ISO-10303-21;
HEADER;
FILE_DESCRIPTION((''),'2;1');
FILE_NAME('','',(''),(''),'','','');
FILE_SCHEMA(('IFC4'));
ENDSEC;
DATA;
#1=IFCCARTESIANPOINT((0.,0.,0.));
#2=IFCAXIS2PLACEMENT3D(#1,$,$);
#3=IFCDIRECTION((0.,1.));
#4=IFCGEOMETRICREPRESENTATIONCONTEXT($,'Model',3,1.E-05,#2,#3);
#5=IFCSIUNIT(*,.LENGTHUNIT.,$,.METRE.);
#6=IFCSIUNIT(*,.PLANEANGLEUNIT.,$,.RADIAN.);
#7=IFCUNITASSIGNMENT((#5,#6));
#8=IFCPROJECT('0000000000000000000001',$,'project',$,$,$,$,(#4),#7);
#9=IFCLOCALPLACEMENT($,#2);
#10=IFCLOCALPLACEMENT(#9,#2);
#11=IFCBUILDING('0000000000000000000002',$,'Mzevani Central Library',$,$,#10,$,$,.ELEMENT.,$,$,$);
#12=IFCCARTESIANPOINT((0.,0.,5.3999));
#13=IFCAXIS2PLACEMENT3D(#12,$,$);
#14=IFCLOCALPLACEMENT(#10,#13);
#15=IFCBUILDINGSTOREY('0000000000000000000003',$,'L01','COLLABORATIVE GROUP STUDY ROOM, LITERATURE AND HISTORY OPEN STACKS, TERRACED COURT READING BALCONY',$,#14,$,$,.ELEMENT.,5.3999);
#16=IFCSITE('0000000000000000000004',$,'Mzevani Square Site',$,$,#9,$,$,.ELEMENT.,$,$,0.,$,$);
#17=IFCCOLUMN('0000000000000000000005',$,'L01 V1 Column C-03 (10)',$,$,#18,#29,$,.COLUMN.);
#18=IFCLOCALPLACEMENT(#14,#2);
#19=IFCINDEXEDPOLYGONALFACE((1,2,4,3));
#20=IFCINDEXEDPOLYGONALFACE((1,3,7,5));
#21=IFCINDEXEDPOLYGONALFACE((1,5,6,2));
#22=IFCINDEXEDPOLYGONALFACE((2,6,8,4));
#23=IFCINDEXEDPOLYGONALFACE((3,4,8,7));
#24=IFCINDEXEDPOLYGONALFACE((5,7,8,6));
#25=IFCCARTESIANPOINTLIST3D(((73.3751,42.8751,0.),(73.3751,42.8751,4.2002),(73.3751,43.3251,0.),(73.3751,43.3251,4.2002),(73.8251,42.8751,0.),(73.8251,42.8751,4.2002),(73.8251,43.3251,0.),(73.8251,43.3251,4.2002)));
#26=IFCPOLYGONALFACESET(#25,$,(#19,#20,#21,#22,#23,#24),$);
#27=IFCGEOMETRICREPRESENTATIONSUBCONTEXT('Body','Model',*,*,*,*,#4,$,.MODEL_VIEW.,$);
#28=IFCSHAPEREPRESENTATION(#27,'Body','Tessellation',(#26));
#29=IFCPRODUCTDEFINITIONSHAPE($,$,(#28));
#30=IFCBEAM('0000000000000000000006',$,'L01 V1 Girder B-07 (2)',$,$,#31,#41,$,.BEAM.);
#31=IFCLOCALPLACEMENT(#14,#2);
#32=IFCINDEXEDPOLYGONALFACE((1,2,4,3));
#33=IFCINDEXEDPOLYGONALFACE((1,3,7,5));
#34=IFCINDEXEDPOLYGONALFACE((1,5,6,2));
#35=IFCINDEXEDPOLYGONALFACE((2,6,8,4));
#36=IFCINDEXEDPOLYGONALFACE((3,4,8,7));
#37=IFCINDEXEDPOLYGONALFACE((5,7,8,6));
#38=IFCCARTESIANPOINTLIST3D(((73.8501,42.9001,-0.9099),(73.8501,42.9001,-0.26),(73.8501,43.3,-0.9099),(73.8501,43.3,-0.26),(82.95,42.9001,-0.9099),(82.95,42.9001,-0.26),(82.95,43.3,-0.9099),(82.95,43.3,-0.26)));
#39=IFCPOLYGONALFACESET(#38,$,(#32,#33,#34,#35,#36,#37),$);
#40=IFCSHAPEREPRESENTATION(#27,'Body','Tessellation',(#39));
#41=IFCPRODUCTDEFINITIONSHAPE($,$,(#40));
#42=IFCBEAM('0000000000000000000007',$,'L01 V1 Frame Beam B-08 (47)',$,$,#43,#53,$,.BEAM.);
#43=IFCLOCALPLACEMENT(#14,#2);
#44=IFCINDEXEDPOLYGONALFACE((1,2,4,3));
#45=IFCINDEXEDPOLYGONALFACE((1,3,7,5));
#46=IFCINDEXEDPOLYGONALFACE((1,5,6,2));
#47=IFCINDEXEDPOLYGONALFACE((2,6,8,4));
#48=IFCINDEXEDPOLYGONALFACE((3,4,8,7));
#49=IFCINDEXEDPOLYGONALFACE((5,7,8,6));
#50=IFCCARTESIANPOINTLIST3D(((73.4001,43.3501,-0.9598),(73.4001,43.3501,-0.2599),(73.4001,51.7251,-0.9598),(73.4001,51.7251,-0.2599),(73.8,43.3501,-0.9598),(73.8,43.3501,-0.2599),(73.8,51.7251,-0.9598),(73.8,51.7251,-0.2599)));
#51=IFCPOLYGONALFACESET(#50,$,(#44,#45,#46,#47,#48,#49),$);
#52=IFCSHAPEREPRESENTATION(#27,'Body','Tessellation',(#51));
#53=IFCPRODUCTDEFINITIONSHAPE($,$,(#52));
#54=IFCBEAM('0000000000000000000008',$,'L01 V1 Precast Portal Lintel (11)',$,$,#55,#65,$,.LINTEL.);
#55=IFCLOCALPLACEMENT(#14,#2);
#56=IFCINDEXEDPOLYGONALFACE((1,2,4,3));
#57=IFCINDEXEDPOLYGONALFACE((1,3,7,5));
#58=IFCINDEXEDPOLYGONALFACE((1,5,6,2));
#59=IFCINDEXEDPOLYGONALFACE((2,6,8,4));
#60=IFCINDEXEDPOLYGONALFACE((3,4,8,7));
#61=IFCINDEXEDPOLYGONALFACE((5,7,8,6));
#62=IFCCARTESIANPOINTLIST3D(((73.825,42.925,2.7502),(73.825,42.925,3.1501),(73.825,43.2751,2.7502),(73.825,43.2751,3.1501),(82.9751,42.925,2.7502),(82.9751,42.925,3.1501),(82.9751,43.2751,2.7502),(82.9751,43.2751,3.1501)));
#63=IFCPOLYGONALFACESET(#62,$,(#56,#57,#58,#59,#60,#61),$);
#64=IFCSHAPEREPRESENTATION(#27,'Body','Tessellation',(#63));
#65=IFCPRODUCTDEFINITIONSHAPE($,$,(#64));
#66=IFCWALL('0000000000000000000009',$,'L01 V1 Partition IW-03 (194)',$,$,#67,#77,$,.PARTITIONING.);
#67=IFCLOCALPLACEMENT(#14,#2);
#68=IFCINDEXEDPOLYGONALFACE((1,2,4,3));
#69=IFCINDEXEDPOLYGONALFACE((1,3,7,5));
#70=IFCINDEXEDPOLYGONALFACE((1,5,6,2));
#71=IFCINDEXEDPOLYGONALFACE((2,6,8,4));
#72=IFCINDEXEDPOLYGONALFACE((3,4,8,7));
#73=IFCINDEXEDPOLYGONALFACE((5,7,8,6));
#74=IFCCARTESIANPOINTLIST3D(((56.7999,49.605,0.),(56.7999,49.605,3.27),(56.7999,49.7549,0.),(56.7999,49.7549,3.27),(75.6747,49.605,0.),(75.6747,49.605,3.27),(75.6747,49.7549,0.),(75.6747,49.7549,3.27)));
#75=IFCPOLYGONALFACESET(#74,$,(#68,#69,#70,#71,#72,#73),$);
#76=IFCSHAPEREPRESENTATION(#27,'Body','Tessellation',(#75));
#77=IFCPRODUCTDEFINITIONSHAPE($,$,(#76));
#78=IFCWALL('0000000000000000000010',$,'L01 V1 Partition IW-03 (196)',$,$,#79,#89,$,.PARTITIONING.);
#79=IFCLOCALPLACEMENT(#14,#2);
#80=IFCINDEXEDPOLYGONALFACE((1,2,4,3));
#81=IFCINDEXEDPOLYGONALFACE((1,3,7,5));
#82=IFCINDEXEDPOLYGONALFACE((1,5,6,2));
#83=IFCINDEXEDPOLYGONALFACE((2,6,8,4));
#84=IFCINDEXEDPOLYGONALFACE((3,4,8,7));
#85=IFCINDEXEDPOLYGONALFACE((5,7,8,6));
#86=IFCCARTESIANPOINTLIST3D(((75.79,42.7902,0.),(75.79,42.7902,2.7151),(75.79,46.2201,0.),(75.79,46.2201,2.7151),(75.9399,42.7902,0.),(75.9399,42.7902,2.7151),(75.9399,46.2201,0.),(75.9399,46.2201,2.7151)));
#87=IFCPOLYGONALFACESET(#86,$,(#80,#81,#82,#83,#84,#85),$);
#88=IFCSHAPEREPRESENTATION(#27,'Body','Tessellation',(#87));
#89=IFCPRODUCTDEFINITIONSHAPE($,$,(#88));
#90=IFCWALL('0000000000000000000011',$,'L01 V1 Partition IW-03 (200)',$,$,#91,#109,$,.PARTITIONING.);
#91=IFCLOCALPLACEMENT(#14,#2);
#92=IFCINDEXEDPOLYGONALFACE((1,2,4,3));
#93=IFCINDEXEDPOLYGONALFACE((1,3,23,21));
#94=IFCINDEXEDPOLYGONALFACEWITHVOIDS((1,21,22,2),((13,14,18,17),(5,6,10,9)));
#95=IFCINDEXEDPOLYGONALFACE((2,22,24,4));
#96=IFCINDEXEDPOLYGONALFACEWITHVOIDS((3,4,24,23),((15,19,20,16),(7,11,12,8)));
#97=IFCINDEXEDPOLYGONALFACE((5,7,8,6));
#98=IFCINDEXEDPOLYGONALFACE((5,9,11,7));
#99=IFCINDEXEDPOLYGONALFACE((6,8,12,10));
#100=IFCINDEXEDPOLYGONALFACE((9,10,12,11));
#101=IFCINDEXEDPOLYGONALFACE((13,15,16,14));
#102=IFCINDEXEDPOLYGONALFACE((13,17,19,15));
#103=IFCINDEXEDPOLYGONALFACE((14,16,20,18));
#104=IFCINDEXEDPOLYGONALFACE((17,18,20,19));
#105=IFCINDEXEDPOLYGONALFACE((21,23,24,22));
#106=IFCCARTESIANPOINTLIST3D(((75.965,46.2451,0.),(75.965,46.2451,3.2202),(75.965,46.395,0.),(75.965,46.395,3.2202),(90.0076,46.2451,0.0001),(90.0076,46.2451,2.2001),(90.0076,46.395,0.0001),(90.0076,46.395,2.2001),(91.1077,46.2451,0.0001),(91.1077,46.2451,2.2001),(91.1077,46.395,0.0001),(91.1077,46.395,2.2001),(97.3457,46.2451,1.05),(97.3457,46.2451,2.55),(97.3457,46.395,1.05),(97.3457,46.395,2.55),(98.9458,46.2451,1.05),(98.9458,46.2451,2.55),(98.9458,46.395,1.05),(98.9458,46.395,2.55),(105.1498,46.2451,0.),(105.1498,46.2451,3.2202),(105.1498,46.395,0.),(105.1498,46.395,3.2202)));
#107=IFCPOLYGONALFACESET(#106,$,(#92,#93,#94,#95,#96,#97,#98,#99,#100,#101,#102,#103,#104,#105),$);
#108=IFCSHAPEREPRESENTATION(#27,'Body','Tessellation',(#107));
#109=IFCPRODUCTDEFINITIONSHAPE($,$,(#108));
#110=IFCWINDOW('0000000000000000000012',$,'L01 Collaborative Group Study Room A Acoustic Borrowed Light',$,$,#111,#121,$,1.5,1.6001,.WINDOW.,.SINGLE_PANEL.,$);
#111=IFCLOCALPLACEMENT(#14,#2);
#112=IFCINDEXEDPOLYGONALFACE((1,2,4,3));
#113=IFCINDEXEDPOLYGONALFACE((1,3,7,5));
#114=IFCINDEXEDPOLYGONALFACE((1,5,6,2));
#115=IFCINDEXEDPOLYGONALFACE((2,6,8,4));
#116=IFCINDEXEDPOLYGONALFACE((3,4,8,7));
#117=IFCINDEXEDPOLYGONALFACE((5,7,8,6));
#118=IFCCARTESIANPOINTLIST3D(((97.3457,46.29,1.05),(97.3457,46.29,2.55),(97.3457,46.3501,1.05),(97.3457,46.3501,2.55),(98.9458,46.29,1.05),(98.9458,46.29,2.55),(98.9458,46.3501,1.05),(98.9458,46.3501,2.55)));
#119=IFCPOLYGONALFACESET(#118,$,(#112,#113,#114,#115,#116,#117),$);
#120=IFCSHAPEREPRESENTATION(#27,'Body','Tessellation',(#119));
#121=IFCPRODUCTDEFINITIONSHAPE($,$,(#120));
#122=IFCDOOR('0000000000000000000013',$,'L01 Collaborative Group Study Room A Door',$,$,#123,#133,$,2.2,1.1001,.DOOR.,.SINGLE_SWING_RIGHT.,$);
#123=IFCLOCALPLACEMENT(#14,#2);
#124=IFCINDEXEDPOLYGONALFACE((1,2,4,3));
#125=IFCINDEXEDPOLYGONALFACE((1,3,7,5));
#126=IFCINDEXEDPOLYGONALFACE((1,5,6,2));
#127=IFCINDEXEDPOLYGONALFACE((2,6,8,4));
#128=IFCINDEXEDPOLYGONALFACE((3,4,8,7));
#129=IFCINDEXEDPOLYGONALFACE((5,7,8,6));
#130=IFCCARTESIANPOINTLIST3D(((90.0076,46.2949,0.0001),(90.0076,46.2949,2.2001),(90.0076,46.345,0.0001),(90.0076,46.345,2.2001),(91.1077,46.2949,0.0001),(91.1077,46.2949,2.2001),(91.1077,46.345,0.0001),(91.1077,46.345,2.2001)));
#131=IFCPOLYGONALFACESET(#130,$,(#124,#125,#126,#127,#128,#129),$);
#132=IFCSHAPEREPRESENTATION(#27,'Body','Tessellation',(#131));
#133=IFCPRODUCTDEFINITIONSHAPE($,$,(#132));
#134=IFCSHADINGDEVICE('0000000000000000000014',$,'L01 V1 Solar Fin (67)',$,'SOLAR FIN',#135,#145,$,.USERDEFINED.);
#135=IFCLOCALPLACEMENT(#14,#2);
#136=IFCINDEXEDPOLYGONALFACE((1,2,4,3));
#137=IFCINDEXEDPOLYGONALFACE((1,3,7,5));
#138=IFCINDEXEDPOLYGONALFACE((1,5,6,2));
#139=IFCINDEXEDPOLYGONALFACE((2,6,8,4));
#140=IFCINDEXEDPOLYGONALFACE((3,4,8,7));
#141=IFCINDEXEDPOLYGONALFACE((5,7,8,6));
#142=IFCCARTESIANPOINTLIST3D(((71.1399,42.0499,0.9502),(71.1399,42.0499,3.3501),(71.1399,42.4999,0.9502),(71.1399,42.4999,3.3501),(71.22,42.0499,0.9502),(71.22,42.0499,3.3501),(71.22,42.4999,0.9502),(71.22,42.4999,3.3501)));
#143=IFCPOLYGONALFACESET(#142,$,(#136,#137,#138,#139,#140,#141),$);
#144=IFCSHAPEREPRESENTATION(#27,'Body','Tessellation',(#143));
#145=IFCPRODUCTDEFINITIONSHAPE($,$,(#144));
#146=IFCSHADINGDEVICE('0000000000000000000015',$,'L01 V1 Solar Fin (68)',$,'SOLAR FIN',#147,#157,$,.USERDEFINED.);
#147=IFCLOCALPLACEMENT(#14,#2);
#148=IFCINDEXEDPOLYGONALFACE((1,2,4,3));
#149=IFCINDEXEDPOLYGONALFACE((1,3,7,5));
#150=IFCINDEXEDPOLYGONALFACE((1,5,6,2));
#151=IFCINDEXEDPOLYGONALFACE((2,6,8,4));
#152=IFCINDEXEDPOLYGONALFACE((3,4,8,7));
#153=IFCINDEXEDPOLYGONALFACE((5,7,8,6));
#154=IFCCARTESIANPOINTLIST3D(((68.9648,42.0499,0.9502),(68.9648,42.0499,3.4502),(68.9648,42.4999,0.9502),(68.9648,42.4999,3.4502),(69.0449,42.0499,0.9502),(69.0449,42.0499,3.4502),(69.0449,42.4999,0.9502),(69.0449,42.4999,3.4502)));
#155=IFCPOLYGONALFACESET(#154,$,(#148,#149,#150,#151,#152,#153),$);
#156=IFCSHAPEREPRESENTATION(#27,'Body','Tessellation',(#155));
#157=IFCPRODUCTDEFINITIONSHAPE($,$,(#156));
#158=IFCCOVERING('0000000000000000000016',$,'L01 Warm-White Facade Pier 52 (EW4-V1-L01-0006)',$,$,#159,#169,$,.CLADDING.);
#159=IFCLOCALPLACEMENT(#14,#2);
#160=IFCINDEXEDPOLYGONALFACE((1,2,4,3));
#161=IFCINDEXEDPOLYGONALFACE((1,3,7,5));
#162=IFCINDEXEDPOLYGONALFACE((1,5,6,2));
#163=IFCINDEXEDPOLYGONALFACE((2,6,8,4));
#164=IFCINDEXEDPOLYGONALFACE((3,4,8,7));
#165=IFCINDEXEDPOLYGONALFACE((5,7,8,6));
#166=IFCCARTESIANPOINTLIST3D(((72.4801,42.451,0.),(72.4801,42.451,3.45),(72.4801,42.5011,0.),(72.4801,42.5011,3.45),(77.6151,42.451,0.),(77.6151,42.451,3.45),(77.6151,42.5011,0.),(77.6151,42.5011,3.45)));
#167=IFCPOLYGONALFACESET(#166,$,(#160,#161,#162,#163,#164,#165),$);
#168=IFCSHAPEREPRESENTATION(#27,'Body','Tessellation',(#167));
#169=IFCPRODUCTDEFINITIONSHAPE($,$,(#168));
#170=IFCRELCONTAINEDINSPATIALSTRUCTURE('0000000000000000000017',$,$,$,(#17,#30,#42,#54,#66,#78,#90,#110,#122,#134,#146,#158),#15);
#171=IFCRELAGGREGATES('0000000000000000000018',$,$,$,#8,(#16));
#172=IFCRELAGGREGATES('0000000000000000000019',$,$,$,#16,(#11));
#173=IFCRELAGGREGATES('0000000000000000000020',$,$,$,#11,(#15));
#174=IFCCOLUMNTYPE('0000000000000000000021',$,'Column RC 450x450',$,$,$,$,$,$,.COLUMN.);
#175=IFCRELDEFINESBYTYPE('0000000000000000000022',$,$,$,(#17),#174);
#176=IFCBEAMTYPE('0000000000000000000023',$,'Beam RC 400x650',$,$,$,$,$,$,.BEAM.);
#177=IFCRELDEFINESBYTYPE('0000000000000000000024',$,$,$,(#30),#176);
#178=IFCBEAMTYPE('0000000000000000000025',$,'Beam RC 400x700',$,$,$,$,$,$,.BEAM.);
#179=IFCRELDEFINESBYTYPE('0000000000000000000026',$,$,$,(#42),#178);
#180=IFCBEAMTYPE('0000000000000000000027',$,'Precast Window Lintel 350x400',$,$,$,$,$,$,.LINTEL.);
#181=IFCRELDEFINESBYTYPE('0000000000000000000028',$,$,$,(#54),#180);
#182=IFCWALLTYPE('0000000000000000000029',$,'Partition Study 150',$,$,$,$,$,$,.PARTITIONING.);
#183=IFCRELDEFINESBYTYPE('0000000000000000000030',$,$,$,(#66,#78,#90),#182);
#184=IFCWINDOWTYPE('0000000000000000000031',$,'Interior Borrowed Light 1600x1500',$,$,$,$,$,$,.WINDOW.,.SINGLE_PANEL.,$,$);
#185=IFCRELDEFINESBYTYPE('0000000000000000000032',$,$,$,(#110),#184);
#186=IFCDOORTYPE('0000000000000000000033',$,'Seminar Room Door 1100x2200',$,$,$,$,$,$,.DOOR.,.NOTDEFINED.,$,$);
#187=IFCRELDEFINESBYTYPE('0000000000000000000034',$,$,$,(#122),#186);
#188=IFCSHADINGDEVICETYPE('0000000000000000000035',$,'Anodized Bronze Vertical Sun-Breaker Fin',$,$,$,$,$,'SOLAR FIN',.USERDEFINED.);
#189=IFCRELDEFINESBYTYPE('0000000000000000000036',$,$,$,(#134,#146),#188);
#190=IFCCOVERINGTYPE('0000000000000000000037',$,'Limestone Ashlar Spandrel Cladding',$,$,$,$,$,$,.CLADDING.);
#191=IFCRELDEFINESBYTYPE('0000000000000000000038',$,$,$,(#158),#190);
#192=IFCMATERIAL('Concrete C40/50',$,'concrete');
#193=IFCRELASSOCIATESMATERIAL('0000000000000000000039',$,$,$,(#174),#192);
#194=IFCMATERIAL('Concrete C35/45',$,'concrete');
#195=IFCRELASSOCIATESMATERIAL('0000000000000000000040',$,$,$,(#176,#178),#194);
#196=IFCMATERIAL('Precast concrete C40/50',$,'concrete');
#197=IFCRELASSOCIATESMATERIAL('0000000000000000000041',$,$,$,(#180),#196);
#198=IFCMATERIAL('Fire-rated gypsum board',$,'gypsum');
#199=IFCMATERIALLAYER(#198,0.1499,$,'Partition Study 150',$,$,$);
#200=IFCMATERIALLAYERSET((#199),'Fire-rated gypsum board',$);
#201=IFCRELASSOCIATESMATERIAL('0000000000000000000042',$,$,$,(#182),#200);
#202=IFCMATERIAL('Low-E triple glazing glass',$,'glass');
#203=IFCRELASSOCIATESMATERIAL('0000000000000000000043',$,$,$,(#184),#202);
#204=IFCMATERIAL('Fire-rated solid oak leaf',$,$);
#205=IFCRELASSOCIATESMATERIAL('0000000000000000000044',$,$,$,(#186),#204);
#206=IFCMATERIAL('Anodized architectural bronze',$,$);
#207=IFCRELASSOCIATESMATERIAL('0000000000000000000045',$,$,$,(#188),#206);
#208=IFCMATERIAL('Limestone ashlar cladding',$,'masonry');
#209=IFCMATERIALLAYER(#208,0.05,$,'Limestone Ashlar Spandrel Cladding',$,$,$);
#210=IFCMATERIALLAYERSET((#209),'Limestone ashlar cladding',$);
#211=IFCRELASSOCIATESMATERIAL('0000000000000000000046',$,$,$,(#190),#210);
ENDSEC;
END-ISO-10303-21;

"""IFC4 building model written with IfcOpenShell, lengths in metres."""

from ifc_helpers import new_model, si_unit, direction, frame, frame_2d, origin, origin_2d, place, context, subcontext, project, spatial, rectangle, extrude, material, layer, layer_set, material_profile, profile_set, type_object, element, fill, save


model = new_model("IFC4")

# Units and contexts
model_context = context("Model", 3, precision=1e-05, world=origin(), true_north=direction((0.0, 1.0)))
body_context = subcontext(model_context, "Body", "Model", "MODEL_VIEW")
ifc_project = project(units=[si_unit("LENGTHUNIT", "METRE"), si_unit("PLANEANGLEUNIT", "RADIAN")], contexts=[model_context])

# Site, building, storey
site_placement = place(None, origin())
site = spatial("IfcSite", under=ifc_project, at=site_placement, Name="Mzevani Square Site", CompositionType="ELEMENT", RefElevation=0.0)
building_placement = place(site_placement, origin())
building = spatial("IfcBuilding", under=site, at=building_placement, Name="Mzevani Central Library", CompositionType="ELEMENT")
storey_placement = place(building_placement, frame((0.0, 0.0, 5.3999)))
storey = spatial("IfcBuildingStorey", under=building, at=storey_placement, Name="L01", Description="COLLABORATIVE GROUP STUDY ROOM, LITERATURE AND HISTORY OPEN STACKS, TERRACED COURT READING BALCONY", CompositionType="ELEMENT", Elevation=5.3999)

# Column
ifc_material_1 = material(Name="Concrete C40/50", Category="concrete")
ifc_material_profile_1 = material_profile(ifc_material_1, rectangle(XDim=0.45, YDim=0.45, at=origin_2d()), Name="RC 450x450")
ifc_profile_set_1 = profile_set([ifc_material_profile_1], Name="Concrete C40/50")
column_type = type_object("IfcColumnType", Name="Column RC 450x450", PredefinedType="COLUMN", material=ifc_profile_set_1)
column_placement = place(storey_placement, frame((73.6001, 43.1001, 0.0), z_axis=(0.0, 0.0, 1.0), x_axis=(1.0, 0.0, 0.0)))
element("IfcColumn", 1, at=column_placement, inside=storey, type_object=column_type, Name="L01 V1 Column C-03 (10)", PredefinedType="COLUMN", context=body_context, shape_type="SweptSolid", body=[
    extrude(rectangle(XDim=0.45, YDim=0.45, at=origin_2d()), origin(), (0.0, 0.0, 1.0), 4.2002),
])

# Beams
ifc_material_2 = material(Name="Concrete C35/45", Category="concrete")
ifc_material_profile_2 = material_profile(ifc_material_2, rectangle(XDim=0.3999, YDim=0.6499, at=origin_2d()), Name="RC B400x650")
ifc_profile_set_2 = profile_set([ifc_material_profile_2], Name="Concrete C35/45")
beam_type_1 = type_object("IfcBeamType", Name="Beam RC 400x650", PredefinedType="BEAM", material=ifc_profile_set_2)
beam_1_placement = place(storey_placement, frame((73.8501, 43.1001, -0.585), z_axis=(1.0, 0.0, 0.0), x_axis=(0.0, 1.0, 0.0)))
element("IfcBeam", 2, at=beam_1_placement, inside=storey, type_object=beam_type_1, Name="L01 V1 Girder B-07 (2)", PredefinedType="BEAM", context=body_context, shape_type="SweptSolid", body=[
    extrude(rectangle(XDim=0.3999, YDim=0.6499, at=origin_2d()), origin(), (0.0, 0.0, 1.0), 9.0999),
])
ifc_material_profile_3 = material_profile(ifc_material_2, rectangle(XDim=0.3999, YDim=0.7, at=origin_2d()), Name="RC B400x700")
ifc_profile_set_3 = profile_set([ifc_material_profile_3], Name="Concrete C35/45")
beam_type_2 = type_object("IfcBeamType", Name="Beam RC 400x700", PredefinedType="BEAM", material=ifc_profile_set_3)
beam_2_placement = place(storey_placement, frame((73.6001, 43.3501, -0.6099), z_axis=(0.0, 1.0, 0.0), x_axis=(-1.0, 0.0, 0.0)))
element("IfcBeam", 3, at=beam_2_placement, inside=storey, type_object=beam_type_2, Name="L01 V1 Frame Beam B-08 (47)", PredefinedType="BEAM", context=body_context, shape_type="SweptSolid", body=[
    extrude(rectangle(XDim=0.3999, YDim=0.7, at=origin_2d()), origin(), (0.0, 0.0, 1.0), 8.375),
])
ifc_material_3 = material(Name="Precast concrete C40/50", Category="concrete")
ifc_material_profile_4 = material_profile(ifc_material_3, rectangle(XDim=0.3501, YDim=0.3999, at=origin_2d()), Name="PC LN350x400")
ifc_profile_set_4 = profile_set([ifc_material_profile_4], Name="Precast concrete C40/50")
beam_type_3 = type_object("IfcBeamType", Name="Precast Window Lintel 350x400", PredefinedType="LINTEL", material=ifc_profile_set_4)
beam_3_placement = place(storey_placement, frame((73.825, 43.1001, 2.9502), z_axis=(1.0, 0.0, 0.0), x_axis=(0.0, 1.0, 0.0)))
element("IfcBeam", 4, at=beam_3_placement, inside=storey, type_object=beam_type_3, Name="L01 V1 Precast Portal Lintel (11)", PredefinedType="LINTEL", context=body_context, shape_type="SweptSolid", body=[
    extrude(rectangle(XDim=0.3501, YDim=0.3999, at=origin_2d()), origin(), (0.0, 0.0, 1.0), 9.1501),
])

# Walls
ifc_material_4 = material(Name="Fire-rated gypsum board", Category="gypsum")
ifc_layer_1 = layer(ifc_material_4, 0.1499, Name="Partition Study 150")
ifc_layer_set_1 = layer_set([ifc_layer_1], Name="Fire-rated gypsum board")
wall_type = type_object("IfcWallType", Name="Partition Study 150", PredefinedType="PARTITIONING", material=ifc_layer_set_1)
wall_1_placement = place(storey_placement, frame((75.6748, 49.6799, 0.0), z_axis=(0.0, 0.0, 1.0), x_axis=(-1.0, 0.0, 0.0)))
element("IfcWall", 5, at=wall_1_placement, inside=storey, type_object=wall_type, Name="L01 V1 Partition IW-03 (194)", PredefinedType="PARTITIONING", context=body_context, shape_type="SweptSolid", body=[
    extrude(rectangle(XDim=18.8748, YDim=0.1499, at=frame_2d((9.4375, 0.0))), origin(), (0.0, 0.0, 1.0), 3.27),
])
wall_2_placement = place(storey_placement, frame((75.865, 46.22, 0.0), z_axis=(0.0, 0.0, 1.0), x_axis=(0.0, -1.0, 0.0)))
element("IfcWall", 6, at=wall_2_placement, inside=storey, type_object=wall_type, Name="L01 V1 Partition IW-03 (196)", PredefinedType="PARTITIONING", context=body_context, shape_type="SweptSolid", body=[
    extrude(rectangle(XDim=3.4299, YDim=0.1499, at=frame_2d((1.7148, 0.0))), origin(), (0.0, 0.0, 1.0), 2.7151),
])

# Wall, openings, window, door
wall_3_placement = place(storey_placement, frame((75.9651, 46.3201, 0.0), z_axis=(0.0, 0.0, 1.0), x_axis=(1.0, 0.0, 0.0)))
wall_3 = element("IfcWall", 7, at=wall_3_placement, inside=storey, type_object=wall_type, Name="L01 V1 Partition IW-03 (200)", PredefinedType="PARTITIONING", context=body_context, shape_type="SweptSolid", body=[
    extrude(rectangle(XDim=29.1848, YDim=0.1499, at=frame_2d((14.5923, 0.0))), origin(), (0.0, 0.0, 1.0), 3.2202),
])
opening_1_placement = place(wall_3_placement, frame((14.0425, 0.0, 0.0)))
opening_1 = element("IfcOpeningElement", 8, at=opening_1_placement, cuts=wall_3, PredefinedType="OPENING", context=body_context, shape_type="SweptSolid", body=[
    extrude(rectangle(XDim=1.1001, YDim=2.2, at=frame_2d((0.55, 1.1001))), frame((0.0, 0.085, 0.0), z_axis=(0.0, -1.0, 0.0), x_axis=(1.0, 0.0, 0.0)), (0.0, 0.0, 1.0), 0.1699),
])
opening_2_placement = place(wall_3_placement, frame((21.3806, 0.0, 1.05)))
opening_2 = element("IfcOpeningElement", 9, at=opening_2_placement, cuts=wall_3, PredefinedType="OPENING", context=body_context, shape_type="SweptSolid", body=[
    extrude(rectangle(XDim=1.6001, YDim=1.5, at=frame_2d((0.8, 0.75))), frame((0.0, 0.085, 0.0), z_axis=(0.0, -1.0, 0.0), x_axis=(1.0, 0.0, 0.0)), (0.0, 0.0, 1.0), 0.1699),
])
ifc_material_5 = material(Name="Low-E triple glazing glass", Category="glass")
window_type = type_object("IfcWindowType", Name="Interior Borrowed Light 1600x1500", PartitioningType="SINGLE_PANEL", PredefinedType="WINDOW", material=ifc_material_5)
window_placement = place(opening_2_placement, origin())
window = element("IfcWindow", 10, at=window_placement, inside=storey, type_object=window_type, Name="L01 Collaborative Group Study Room A Acoustic Borrowed Light", OverallHeight=1.5, OverallWidth=1.6001, PartitioningType="SINGLE_PANEL", PredefinedType="WINDOW", context=body_context, shape_type="SweptSolid", body=[
    extrude(rectangle(XDim=1.6001, YDim=1.5, at=frame_2d((0.8, 0.75))), frame((0.0, 0.03, 0.0), z_axis=(0.0, -1.0, 0.0), x_axis=(1.0, 0.0, 0.0)), (0.0, 0.0, 1.0), 0.0601),
])
fill(opening_2, window)
ifc_material_6 = material(Name="Fire-rated solid oak leaf")
door_type = type_object("IfcDoorType", Name="Seminar Room Door 1100x2200", OperationType="NOTDEFINED", PredefinedType="DOOR", material=ifc_material_6)
door_placement = place(opening_1_placement, origin())
door = element("IfcDoor", 11, at=door_placement, inside=storey, type_object=door_type, Name="L01 Collaborative Group Study Room A Door", OperationType="SINGLE_SWING_RIGHT", OverallHeight=2.2, OverallWidth=1.1001, PredefinedType="DOOR", context=body_context, shape_type="SweptSolid", body=[
    extrude(rectangle(XDim=1.1001, YDim=2.2, at=frame_2d((0.55, 1.1001))), frame((0.0, 0.0249, 0.0), z_axis=(0.0, -1.0, 0.0), x_axis=(1.0, 0.0, 0.0)), (0.0, 0.0, 1.0), 0.05),
])
fill(opening_1, door)

# Shading devices
ifc_material_7 = material(Name="Anodized architectural bronze")
shading_device_type = type_object("IfcShadingDeviceType", Name="Anodized Bronze Vertical Sun-Breaker Fin", ElementType="SOLAR FIN", PredefinedType="USERDEFINED", material=ifc_material_7)
shading_device_1_placement = place(storey_placement, frame((71.1799, 42.2749, 0.9502), z_axis=(0.0, 0.0, 1.0), x_axis=(-1.0, 0.0, 0.0)))
element("IfcShadingDevice", 12, at=shading_device_1_placement, inside=storey, type_object=shading_device_type, Name="L01 V1 Solar Fin (67)", ObjectType="SOLAR FIN", PredefinedType="USERDEFINED", context=body_context, shape_type="SweptSolid", body=[
    extrude(rectangle(XDim=0.0801, YDim=0.45, at=origin_2d()), origin(), (0.0, 0.0, 1.0), 2.3999),
])
shading_device_2_placement = place(storey_placement, frame((69.0049, 42.2749, 0.9502), z_axis=(0.0, 0.0, 1.0), x_axis=(-1.0, 0.0, 0.0)))
element("IfcShadingDevice", 13, at=shading_device_2_placement, inside=storey, type_object=shading_device_type, Name="L01 V1 Solar Fin (68)", ObjectType="SOLAR FIN", PredefinedType="USERDEFINED", context=body_context, shape_type="SweptSolid", body=[
    extrude(rectangle(XDim=0.0801, YDim=0.45, at=origin_2d()), origin(), (0.0, 0.0, 1.0), 2.5),
])

# Covering
ifc_material_8 = material(Name="Limestone ashlar cladding", Category="masonry")
ifc_layer_2 = layer(ifc_material_8, 0.05, Name="Limestone Ashlar Spandrel Cladding")
ifc_layer_set_2 = layer_set([ifc_layer_2], Name="Limestone ashlar cladding")
covering_type = type_object("IfcCoveringType", Name="Limestone Ashlar Spandrel Cladding", PredefinedType="CLADDING", material=ifc_layer_set_2)
covering_1_placement = place(storey_placement, frame((75.0476, 42.4761, 0.0), z_axis=(0.0, 0.0, 1.0), x_axis=(-1.0, 0.0, 0.0)))
element("IfcCovering", 14, at=covering_1_placement, inside=storey, type_object=covering_type, Name="L01 Warm-White Facade Pier 52 (EW4-V1-L01-0006)", PredefinedType="CLADDING", context=body_context, shape_type="SweptSolid", body=[
    extrude(rectangle(XDim=5.135, YDim=0.05, at=origin_2d()), origin(), (0.0, 0.0, 1.0), 3.45),
])

save(model, "model.ifc")
